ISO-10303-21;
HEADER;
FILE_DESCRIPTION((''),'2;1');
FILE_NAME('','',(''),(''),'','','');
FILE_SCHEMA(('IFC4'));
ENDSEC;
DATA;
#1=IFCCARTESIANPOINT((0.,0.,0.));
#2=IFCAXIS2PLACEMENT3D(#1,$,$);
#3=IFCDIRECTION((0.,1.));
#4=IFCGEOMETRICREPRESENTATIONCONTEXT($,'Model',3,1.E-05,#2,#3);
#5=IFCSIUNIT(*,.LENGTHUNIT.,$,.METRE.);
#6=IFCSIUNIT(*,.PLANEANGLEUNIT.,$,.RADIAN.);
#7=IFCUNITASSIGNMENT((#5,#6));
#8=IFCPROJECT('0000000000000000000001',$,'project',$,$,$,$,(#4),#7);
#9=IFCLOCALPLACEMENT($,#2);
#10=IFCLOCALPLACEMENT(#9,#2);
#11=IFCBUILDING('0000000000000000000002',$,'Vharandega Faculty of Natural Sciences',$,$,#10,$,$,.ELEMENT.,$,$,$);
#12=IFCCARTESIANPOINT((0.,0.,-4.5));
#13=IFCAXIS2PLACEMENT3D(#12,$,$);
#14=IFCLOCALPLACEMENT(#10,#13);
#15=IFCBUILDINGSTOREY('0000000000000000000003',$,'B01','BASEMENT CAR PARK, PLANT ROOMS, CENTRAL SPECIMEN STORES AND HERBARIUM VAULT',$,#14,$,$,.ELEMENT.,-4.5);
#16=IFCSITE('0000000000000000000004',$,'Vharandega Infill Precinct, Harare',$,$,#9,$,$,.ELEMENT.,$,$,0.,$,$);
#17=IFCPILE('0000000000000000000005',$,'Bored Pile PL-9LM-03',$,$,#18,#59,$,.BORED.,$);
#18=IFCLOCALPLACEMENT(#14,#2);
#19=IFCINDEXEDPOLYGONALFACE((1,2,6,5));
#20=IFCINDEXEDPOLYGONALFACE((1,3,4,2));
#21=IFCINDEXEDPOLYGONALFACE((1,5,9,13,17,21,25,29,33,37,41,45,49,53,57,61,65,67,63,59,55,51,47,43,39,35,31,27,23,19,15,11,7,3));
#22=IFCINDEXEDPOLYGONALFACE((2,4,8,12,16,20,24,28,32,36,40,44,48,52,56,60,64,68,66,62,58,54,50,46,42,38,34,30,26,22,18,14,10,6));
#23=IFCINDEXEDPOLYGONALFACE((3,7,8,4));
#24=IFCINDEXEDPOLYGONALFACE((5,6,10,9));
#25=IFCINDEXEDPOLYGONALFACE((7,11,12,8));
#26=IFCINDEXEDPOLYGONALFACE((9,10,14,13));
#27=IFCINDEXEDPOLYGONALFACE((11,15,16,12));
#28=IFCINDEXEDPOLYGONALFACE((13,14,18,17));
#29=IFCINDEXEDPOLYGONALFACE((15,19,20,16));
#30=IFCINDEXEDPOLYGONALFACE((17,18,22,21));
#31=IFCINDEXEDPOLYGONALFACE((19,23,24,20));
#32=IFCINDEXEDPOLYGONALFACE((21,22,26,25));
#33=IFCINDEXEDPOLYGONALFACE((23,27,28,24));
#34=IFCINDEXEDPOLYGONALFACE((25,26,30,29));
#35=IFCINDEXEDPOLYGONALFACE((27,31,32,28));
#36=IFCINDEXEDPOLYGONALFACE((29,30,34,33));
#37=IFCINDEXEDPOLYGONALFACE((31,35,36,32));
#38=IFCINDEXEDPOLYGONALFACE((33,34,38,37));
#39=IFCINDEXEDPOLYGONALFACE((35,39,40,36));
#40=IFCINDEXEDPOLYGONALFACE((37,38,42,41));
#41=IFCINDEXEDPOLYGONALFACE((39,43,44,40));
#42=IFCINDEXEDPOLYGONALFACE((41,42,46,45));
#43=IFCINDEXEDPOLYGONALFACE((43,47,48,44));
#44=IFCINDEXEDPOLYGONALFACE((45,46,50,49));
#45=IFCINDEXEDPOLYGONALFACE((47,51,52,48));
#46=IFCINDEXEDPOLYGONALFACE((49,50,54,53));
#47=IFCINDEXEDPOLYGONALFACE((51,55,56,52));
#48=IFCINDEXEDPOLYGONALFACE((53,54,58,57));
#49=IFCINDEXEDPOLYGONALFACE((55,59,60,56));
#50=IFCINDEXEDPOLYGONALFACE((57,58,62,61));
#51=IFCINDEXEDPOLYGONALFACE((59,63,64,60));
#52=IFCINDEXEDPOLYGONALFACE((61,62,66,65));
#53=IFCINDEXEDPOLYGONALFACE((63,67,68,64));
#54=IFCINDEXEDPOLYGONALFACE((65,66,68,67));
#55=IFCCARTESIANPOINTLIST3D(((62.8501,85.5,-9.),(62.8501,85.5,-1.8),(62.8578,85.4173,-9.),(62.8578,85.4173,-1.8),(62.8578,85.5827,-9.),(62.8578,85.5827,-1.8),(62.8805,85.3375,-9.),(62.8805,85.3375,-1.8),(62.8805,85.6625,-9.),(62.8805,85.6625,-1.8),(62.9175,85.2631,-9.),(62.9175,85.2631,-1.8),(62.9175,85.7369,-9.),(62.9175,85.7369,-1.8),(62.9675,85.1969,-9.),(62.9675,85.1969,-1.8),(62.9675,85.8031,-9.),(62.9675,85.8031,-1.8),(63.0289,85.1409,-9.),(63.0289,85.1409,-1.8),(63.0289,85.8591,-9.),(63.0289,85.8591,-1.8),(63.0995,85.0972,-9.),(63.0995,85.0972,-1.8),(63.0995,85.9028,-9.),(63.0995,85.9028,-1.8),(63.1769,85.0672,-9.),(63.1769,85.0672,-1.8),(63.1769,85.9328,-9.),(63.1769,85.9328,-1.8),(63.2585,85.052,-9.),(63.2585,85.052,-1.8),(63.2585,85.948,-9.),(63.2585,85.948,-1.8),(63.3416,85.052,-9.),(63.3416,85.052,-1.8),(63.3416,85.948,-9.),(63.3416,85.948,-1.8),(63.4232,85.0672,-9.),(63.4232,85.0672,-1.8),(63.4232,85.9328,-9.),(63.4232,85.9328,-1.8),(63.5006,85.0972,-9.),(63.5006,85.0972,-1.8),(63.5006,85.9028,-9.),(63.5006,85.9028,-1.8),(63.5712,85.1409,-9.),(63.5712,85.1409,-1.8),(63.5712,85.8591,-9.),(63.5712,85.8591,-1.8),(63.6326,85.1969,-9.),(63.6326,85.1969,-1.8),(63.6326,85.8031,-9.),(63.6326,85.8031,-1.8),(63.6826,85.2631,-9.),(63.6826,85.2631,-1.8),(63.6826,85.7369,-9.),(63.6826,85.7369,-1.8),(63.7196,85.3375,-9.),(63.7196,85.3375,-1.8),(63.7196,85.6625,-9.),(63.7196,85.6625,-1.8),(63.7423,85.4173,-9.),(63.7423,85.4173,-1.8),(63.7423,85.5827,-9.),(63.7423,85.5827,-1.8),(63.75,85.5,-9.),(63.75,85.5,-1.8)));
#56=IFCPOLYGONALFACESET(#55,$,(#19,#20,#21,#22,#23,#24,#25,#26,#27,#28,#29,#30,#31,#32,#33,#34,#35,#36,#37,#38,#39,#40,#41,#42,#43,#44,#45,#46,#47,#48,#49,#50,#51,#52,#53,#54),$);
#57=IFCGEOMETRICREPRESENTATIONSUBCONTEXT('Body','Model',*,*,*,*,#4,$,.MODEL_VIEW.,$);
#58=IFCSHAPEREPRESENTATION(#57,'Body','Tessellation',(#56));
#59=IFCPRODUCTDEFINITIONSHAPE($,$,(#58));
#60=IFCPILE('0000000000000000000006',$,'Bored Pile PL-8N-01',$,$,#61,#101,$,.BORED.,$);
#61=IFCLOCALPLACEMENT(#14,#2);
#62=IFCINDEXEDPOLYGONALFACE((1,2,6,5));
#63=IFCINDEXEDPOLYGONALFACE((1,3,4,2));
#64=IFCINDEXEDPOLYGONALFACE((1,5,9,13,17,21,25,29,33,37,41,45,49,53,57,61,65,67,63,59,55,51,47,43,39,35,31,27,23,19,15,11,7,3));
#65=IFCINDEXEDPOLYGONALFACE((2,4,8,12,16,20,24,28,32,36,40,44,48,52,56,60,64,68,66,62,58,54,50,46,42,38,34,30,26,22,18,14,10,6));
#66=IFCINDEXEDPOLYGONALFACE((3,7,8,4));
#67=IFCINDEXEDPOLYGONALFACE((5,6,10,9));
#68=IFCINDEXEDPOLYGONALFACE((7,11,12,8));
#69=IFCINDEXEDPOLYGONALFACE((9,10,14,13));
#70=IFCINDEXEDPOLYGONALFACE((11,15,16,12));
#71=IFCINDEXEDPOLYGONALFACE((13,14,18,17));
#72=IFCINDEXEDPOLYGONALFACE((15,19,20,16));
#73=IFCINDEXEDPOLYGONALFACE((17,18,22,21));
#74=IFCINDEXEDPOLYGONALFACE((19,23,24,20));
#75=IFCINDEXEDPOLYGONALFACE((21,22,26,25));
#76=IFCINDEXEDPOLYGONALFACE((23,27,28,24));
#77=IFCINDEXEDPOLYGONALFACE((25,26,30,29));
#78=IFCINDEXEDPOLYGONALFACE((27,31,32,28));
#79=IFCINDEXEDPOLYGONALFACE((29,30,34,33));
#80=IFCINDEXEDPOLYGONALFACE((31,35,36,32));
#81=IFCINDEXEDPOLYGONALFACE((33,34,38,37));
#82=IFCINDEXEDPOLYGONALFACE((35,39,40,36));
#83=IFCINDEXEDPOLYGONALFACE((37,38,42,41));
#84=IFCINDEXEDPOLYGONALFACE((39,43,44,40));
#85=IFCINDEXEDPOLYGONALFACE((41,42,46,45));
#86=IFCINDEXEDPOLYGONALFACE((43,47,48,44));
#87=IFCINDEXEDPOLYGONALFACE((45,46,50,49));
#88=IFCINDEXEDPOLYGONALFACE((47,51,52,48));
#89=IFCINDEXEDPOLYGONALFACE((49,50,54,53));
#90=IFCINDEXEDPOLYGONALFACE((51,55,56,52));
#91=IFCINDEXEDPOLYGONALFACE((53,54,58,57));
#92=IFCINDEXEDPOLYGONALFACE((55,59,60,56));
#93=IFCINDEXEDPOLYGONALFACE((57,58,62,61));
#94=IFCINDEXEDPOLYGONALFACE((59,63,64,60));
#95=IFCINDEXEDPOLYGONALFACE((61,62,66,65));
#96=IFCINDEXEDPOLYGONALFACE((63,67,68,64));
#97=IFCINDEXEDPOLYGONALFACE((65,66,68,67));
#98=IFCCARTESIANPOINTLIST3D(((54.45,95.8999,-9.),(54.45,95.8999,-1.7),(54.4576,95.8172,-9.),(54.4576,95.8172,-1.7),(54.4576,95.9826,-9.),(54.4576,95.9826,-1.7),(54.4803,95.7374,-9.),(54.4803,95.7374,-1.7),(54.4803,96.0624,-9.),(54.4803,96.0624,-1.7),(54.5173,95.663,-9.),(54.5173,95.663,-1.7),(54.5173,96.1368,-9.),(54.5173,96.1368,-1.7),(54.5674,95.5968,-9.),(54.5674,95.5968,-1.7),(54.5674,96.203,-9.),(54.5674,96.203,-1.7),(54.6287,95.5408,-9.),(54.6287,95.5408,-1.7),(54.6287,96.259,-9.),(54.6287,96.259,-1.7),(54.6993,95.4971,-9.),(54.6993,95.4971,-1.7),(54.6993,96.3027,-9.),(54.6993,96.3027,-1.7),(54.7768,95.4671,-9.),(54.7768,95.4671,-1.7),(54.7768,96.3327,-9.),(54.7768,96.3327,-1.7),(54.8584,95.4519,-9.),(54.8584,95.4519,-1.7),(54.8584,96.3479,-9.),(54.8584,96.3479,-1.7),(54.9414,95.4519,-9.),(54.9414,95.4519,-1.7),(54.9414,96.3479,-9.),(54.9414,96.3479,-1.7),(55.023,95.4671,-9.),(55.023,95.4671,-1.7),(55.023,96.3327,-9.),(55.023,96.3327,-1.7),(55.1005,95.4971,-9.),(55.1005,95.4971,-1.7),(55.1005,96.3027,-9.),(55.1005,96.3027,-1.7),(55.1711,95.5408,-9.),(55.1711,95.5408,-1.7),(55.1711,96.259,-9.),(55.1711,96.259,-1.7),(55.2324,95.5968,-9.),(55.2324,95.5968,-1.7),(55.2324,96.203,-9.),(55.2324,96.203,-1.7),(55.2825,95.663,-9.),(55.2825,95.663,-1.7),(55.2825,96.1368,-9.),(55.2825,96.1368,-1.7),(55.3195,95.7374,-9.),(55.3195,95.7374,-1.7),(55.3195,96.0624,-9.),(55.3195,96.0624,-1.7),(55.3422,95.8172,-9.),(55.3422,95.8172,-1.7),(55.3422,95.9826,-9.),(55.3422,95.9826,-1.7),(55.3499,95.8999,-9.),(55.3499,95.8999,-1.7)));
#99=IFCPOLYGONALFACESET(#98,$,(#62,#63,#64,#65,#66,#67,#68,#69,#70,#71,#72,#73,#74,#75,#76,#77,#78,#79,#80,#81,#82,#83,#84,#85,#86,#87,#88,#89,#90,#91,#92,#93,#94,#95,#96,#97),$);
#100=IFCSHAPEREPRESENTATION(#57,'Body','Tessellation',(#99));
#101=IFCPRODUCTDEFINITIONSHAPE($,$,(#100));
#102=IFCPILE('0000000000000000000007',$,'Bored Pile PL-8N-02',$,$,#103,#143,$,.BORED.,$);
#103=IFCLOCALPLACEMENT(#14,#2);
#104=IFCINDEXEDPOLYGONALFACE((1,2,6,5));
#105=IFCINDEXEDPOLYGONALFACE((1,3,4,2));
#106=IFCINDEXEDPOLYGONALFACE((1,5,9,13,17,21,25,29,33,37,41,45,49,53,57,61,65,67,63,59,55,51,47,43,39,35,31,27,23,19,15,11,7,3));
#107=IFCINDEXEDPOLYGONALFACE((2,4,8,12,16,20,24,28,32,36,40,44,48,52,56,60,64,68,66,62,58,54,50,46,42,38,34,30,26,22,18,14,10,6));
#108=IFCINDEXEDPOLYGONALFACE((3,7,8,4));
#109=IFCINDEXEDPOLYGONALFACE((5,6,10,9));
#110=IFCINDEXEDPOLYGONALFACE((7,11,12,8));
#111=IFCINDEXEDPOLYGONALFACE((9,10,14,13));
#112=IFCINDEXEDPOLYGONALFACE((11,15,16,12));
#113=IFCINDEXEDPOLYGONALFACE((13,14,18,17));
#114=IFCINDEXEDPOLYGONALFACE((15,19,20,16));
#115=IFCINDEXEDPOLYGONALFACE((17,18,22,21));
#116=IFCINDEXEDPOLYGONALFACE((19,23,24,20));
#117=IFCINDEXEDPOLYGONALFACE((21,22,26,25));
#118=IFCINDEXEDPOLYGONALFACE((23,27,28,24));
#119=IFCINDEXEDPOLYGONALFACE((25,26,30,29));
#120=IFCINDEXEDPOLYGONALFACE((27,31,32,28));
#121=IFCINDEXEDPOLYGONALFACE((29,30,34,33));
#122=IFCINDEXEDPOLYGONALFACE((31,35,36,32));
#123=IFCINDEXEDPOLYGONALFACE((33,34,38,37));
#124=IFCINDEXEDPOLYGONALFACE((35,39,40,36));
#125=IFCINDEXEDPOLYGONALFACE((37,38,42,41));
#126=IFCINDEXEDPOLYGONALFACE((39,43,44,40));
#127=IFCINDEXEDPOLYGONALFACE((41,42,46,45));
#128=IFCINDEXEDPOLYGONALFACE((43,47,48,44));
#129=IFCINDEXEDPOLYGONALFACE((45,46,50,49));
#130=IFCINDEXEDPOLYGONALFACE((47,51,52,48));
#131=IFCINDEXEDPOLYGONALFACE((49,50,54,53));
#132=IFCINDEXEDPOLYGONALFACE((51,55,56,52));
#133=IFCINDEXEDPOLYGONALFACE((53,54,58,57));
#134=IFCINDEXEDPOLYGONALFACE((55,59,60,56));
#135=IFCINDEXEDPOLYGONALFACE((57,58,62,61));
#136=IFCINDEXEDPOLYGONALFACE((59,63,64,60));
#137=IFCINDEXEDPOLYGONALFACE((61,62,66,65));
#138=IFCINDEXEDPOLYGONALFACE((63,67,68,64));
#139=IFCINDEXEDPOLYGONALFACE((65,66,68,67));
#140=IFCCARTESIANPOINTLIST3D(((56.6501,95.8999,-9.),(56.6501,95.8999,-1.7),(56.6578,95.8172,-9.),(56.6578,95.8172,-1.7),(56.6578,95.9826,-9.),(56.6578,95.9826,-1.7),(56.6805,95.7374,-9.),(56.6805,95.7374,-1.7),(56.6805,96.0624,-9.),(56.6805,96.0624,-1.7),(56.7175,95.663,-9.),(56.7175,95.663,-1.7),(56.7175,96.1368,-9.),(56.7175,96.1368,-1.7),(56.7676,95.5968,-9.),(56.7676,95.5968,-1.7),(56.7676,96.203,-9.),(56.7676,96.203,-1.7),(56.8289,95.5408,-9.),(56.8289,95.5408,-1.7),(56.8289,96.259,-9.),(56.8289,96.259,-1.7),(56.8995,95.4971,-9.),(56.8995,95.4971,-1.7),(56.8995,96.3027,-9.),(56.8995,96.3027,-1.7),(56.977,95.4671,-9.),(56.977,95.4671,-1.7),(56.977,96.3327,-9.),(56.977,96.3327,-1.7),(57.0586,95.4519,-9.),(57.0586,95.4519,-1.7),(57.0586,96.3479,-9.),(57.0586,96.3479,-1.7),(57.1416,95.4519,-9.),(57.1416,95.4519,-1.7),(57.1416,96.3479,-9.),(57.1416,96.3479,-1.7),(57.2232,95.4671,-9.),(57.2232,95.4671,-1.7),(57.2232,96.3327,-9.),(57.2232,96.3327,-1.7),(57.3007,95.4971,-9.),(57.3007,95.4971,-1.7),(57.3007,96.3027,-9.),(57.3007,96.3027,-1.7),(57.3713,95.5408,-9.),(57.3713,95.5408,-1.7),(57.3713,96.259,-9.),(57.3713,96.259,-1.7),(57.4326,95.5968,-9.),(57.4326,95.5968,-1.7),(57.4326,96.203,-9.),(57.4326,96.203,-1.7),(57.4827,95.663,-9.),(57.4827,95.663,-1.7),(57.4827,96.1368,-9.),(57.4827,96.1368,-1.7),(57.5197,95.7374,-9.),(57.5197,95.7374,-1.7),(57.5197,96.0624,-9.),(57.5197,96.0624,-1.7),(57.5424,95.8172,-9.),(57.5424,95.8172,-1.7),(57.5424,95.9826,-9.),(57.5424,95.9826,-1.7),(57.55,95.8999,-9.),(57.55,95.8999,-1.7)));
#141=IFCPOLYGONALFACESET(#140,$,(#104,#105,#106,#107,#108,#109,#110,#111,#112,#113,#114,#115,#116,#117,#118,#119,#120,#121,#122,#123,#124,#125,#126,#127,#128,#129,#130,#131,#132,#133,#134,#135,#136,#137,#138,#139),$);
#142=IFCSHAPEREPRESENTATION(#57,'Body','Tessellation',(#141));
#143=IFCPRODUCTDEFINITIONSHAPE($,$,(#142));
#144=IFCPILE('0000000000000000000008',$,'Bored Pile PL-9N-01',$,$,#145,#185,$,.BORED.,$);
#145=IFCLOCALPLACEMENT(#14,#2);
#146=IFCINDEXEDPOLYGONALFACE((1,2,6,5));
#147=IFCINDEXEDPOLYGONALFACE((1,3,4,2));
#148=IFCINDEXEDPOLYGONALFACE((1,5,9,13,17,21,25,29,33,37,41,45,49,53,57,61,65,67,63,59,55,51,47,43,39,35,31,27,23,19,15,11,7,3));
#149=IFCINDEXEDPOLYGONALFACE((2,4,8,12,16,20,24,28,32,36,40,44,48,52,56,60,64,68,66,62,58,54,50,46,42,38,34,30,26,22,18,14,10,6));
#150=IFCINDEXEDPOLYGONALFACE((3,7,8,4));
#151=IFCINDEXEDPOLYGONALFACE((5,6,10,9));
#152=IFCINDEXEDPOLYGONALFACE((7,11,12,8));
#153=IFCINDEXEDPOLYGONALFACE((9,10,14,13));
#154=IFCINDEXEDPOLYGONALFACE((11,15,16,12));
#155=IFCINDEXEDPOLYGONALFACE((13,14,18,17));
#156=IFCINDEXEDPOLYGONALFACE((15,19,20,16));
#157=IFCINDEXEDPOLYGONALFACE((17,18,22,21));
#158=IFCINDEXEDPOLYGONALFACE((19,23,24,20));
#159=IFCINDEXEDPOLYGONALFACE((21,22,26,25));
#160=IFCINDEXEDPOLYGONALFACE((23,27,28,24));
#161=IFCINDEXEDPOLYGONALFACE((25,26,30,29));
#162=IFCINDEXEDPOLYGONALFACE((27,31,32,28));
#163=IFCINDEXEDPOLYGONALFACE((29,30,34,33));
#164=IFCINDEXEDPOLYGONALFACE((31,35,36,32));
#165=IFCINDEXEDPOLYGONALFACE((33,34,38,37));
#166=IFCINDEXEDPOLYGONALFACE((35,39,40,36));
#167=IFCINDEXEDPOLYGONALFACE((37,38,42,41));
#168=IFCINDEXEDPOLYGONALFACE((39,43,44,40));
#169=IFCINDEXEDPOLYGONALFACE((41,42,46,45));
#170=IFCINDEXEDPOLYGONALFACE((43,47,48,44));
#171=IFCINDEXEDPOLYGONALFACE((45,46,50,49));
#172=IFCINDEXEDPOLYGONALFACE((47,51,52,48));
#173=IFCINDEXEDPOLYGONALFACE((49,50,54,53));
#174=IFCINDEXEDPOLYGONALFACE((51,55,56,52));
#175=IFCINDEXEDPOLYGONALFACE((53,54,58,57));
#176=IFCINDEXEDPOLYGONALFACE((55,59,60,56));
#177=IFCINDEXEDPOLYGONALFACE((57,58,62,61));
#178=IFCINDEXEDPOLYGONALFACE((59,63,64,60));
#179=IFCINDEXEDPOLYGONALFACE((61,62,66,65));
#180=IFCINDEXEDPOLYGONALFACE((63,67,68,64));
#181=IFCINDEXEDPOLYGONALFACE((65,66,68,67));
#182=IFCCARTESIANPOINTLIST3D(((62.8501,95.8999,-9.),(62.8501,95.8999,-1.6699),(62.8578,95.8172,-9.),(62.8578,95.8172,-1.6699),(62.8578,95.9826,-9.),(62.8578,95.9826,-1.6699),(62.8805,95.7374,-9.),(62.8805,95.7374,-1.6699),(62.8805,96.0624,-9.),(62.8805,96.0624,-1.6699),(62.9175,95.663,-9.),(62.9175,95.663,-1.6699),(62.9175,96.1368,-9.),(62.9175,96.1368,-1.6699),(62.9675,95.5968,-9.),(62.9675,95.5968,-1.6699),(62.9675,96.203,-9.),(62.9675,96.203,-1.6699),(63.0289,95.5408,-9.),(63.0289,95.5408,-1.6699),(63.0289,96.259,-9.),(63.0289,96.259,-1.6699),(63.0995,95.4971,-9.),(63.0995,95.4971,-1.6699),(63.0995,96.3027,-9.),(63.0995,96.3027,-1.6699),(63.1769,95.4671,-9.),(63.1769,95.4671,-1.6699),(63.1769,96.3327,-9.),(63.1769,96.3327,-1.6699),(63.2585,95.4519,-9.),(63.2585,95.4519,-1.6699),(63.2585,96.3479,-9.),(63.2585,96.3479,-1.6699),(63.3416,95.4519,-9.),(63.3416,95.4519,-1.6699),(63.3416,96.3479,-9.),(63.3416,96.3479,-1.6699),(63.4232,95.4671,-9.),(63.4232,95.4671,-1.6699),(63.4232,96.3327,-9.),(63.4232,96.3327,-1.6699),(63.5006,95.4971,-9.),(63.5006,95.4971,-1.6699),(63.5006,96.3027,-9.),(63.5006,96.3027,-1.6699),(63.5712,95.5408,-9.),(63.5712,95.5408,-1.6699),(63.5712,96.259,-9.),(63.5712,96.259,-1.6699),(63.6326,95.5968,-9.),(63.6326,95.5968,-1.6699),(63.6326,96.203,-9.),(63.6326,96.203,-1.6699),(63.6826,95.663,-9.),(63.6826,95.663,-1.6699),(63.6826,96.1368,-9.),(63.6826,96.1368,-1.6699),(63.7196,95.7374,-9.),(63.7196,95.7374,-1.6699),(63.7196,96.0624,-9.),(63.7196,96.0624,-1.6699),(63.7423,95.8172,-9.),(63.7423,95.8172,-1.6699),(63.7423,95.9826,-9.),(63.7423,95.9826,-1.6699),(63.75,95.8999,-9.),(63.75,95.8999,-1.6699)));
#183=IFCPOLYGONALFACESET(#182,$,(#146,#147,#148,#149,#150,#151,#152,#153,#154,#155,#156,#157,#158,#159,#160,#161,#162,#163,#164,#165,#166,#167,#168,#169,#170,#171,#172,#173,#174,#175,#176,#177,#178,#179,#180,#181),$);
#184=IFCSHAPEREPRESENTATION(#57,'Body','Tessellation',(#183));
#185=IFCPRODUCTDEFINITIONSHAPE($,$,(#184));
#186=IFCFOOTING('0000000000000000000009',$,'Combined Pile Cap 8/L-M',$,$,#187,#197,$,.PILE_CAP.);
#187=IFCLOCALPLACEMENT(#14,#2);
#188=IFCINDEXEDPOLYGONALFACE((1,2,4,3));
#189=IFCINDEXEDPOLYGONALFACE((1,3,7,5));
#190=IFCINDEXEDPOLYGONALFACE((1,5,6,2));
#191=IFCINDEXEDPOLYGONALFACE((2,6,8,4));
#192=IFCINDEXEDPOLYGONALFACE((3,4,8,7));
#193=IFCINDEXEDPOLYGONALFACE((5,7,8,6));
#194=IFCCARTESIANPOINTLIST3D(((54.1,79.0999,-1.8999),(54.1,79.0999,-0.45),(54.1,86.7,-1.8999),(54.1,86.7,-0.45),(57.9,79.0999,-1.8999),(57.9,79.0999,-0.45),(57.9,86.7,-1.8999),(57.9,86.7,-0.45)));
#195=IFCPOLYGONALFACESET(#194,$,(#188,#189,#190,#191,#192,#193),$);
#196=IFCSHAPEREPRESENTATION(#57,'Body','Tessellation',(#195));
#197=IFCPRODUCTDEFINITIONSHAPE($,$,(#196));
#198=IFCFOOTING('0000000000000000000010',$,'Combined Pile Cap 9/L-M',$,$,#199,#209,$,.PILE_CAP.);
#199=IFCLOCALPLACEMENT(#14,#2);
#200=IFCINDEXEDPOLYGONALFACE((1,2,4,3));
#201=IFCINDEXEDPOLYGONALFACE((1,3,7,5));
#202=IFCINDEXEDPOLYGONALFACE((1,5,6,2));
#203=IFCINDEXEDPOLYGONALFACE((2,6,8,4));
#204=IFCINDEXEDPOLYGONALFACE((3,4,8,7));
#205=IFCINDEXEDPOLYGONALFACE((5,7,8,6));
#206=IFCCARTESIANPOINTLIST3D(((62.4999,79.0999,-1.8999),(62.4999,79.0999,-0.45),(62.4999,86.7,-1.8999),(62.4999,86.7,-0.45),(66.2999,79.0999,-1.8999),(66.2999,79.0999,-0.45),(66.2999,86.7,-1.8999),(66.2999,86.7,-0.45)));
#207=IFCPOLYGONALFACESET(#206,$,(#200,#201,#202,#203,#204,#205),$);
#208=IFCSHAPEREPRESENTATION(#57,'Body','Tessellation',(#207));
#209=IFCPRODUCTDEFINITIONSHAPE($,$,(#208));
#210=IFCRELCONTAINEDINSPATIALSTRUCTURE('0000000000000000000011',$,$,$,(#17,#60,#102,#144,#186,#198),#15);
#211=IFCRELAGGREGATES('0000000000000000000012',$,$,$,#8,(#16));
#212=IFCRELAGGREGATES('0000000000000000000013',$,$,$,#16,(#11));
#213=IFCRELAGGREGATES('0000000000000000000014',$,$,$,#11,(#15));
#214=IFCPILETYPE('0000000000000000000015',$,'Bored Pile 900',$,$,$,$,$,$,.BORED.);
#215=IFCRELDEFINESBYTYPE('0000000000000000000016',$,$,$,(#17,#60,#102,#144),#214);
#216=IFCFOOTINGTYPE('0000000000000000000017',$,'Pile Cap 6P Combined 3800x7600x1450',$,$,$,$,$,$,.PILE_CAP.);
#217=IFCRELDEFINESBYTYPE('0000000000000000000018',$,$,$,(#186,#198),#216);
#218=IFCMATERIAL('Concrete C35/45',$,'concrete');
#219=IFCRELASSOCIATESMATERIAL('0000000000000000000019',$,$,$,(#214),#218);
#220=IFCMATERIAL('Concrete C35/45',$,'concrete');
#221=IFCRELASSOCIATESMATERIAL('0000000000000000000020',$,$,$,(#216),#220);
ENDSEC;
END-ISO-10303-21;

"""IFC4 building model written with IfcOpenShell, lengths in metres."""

from ifc_helpers import new_model, si_unit, direction, frame, origin, origin_2d, place, context, subcontext, project, spatial, rectangle, circle, extrude, material, material_profile, profile_set, type_object, element, save


model = new_model("IFC4")

# Units and contexts
model_context = context("Model", 3, precision=1e-05, world=origin(), true_north=direction((0.0, 1.0)))
body_context = subcontext(model_context, "Body", "Model", "MODEL_VIEW")
ifc_project = project(units=[si_unit("LENGTHUNIT", "METRE"), si_unit("PLANEANGLEUNIT", "RADIAN")], contexts=[model_context])

# Site, building, storey
site_placement = place(None, origin())
site = spatial("IfcSite", under=ifc_project, at=site_placement, Name="Vharandega Infill Precinct, Harare", CompositionType="ELEMENT", RefElevation=0.0)
building_placement = place(site_placement, origin())
building = spatial("IfcBuilding", under=site, at=building_placement, Name="Vharandega Faculty of Natural Sciences", CompositionType="ELEMENT")
storey_placement = place(building_placement, frame((0.0, 0.0, -4.5)))
storey = spatial("IfcBuildingStorey", under=building, at=storey_placement, Name="B01", Description="BASEMENT CAR PARK, PLANT ROOMS, CENTRAL SPECIMEN STORES AND HERBARIUM VAULT", CompositionType="ELEMENT", Elevation=-4.5)

# Piles
ifc_material_1 = material(Name="Concrete C35/45", Category="concrete")
ifc_material_profile_1 = material_profile(ifc_material_1, circle(Radius=0.45, at=origin_2d()), Name="PILE 900")
ifc_profile_set_1 = profile_set([ifc_material_profile_1], Name="Concrete C35/45")
pile_type_1 = type_object("IfcPileType", Name="Bored Pile 900", PredefinedType="BORED", material=ifc_profile_set_1)
for number, where, z_axis, x_axis, name in (
    (1, (63.3, 85.5, -1.8), (0.0, 0.0, -1.0), (1.0, 0.0, 0.0), "Bored Pile PL-9LM-03"),
):
    element("IfcPile", number, at=place(storey_placement, frame(where, z_axis=z_axis, x_axis=x_axis)), inside=storey, type_object=pile_type_1, Name=name, PredefinedType="BORED", context=body_context, shape_type="SweptSolid", body=[
        extrude(circle(Radius=0.45, at=origin_2d()), origin(), (0.0, 0.0, 1.0), 7.2),
    ])
for number, where, z_axis, x_axis, name in (
    (2, (54.8999, 95.8999, -1.7), (0.0, 0.0, -1.0), (1.0, 0.0, 0.0), "Bored Pile PL-8N-01"),
    (3, (57.1001, 95.8999, -1.7), (0.0, 0.0, -1.0), (1.0, 0.0, 0.0), "Bored Pile PL-8N-02"),
):
    element("IfcPile", number, at=place(storey_placement, frame(where, z_axis=z_axis, x_axis=x_axis)), inside=storey, type_object=pile_type_1, Name=name, PredefinedType="BORED", context=body_context, shape_type="SweptSolid", body=[
        extrude(circle(Radius=0.45, at=origin_2d()), origin(), (0.0, 0.0, 1.0), 7.3),
    ])
pile_1_placement = place(storey_placement, frame((63.3, 95.8999, -1.6699), z_axis=(0.0, 0.0, -1.0), x_axis=(1.0, 0.0, 0.0)))
element("IfcPile", 4, at=pile_1_placement, inside=storey, type_object=pile_type_1, Name="Bored Pile PL-9N-01", PredefinedType="BORED", context=body_context, shape_type="SweptSolid", body=[
    extrude(circle(Radius=0.45, at=origin_2d()), origin(), (0.0, 0.0, 1.0), 7.3301),
])

# Footings
ifc_material_2 = material(Name="Concrete C35/45", Category="concrete")
footing_type = type_object("IfcFootingType", Name="Pile Cap 6P Combined 3800x7600x1450", PredefinedType="PILE_CAP", material=ifc_material_2)
for number, where, z_axis, x_axis, name in (
    (5, (56.0, 82.8999, -1.8999), (0.0, 0.0, 1.0), (1.0, 0.0, 0.0), "Combined Pile Cap 8/L-M"),
    (6, (64.3999, 82.8999, -1.8999), (0.0, 0.0, 1.0), (1.0, 0.0, 0.0), "Combined Pile Cap 9/L-M"),
):
    element("IfcFooting", number, at=place(storey_placement, frame(where, z_axis=z_axis, x_axis=x_axis)), inside=storey, type_object=footing_type, Name=name, PredefinedType="PILE_CAP", context=body_context, shape_type="SweptSolid", body=[
        extrude(rectangle(XDim=3.8, YDim=7.6001, at=origin_2d()), origin(), (0.0, 0.0, 1.0), 1.45),
    ])

save(model, "model.ifc")
